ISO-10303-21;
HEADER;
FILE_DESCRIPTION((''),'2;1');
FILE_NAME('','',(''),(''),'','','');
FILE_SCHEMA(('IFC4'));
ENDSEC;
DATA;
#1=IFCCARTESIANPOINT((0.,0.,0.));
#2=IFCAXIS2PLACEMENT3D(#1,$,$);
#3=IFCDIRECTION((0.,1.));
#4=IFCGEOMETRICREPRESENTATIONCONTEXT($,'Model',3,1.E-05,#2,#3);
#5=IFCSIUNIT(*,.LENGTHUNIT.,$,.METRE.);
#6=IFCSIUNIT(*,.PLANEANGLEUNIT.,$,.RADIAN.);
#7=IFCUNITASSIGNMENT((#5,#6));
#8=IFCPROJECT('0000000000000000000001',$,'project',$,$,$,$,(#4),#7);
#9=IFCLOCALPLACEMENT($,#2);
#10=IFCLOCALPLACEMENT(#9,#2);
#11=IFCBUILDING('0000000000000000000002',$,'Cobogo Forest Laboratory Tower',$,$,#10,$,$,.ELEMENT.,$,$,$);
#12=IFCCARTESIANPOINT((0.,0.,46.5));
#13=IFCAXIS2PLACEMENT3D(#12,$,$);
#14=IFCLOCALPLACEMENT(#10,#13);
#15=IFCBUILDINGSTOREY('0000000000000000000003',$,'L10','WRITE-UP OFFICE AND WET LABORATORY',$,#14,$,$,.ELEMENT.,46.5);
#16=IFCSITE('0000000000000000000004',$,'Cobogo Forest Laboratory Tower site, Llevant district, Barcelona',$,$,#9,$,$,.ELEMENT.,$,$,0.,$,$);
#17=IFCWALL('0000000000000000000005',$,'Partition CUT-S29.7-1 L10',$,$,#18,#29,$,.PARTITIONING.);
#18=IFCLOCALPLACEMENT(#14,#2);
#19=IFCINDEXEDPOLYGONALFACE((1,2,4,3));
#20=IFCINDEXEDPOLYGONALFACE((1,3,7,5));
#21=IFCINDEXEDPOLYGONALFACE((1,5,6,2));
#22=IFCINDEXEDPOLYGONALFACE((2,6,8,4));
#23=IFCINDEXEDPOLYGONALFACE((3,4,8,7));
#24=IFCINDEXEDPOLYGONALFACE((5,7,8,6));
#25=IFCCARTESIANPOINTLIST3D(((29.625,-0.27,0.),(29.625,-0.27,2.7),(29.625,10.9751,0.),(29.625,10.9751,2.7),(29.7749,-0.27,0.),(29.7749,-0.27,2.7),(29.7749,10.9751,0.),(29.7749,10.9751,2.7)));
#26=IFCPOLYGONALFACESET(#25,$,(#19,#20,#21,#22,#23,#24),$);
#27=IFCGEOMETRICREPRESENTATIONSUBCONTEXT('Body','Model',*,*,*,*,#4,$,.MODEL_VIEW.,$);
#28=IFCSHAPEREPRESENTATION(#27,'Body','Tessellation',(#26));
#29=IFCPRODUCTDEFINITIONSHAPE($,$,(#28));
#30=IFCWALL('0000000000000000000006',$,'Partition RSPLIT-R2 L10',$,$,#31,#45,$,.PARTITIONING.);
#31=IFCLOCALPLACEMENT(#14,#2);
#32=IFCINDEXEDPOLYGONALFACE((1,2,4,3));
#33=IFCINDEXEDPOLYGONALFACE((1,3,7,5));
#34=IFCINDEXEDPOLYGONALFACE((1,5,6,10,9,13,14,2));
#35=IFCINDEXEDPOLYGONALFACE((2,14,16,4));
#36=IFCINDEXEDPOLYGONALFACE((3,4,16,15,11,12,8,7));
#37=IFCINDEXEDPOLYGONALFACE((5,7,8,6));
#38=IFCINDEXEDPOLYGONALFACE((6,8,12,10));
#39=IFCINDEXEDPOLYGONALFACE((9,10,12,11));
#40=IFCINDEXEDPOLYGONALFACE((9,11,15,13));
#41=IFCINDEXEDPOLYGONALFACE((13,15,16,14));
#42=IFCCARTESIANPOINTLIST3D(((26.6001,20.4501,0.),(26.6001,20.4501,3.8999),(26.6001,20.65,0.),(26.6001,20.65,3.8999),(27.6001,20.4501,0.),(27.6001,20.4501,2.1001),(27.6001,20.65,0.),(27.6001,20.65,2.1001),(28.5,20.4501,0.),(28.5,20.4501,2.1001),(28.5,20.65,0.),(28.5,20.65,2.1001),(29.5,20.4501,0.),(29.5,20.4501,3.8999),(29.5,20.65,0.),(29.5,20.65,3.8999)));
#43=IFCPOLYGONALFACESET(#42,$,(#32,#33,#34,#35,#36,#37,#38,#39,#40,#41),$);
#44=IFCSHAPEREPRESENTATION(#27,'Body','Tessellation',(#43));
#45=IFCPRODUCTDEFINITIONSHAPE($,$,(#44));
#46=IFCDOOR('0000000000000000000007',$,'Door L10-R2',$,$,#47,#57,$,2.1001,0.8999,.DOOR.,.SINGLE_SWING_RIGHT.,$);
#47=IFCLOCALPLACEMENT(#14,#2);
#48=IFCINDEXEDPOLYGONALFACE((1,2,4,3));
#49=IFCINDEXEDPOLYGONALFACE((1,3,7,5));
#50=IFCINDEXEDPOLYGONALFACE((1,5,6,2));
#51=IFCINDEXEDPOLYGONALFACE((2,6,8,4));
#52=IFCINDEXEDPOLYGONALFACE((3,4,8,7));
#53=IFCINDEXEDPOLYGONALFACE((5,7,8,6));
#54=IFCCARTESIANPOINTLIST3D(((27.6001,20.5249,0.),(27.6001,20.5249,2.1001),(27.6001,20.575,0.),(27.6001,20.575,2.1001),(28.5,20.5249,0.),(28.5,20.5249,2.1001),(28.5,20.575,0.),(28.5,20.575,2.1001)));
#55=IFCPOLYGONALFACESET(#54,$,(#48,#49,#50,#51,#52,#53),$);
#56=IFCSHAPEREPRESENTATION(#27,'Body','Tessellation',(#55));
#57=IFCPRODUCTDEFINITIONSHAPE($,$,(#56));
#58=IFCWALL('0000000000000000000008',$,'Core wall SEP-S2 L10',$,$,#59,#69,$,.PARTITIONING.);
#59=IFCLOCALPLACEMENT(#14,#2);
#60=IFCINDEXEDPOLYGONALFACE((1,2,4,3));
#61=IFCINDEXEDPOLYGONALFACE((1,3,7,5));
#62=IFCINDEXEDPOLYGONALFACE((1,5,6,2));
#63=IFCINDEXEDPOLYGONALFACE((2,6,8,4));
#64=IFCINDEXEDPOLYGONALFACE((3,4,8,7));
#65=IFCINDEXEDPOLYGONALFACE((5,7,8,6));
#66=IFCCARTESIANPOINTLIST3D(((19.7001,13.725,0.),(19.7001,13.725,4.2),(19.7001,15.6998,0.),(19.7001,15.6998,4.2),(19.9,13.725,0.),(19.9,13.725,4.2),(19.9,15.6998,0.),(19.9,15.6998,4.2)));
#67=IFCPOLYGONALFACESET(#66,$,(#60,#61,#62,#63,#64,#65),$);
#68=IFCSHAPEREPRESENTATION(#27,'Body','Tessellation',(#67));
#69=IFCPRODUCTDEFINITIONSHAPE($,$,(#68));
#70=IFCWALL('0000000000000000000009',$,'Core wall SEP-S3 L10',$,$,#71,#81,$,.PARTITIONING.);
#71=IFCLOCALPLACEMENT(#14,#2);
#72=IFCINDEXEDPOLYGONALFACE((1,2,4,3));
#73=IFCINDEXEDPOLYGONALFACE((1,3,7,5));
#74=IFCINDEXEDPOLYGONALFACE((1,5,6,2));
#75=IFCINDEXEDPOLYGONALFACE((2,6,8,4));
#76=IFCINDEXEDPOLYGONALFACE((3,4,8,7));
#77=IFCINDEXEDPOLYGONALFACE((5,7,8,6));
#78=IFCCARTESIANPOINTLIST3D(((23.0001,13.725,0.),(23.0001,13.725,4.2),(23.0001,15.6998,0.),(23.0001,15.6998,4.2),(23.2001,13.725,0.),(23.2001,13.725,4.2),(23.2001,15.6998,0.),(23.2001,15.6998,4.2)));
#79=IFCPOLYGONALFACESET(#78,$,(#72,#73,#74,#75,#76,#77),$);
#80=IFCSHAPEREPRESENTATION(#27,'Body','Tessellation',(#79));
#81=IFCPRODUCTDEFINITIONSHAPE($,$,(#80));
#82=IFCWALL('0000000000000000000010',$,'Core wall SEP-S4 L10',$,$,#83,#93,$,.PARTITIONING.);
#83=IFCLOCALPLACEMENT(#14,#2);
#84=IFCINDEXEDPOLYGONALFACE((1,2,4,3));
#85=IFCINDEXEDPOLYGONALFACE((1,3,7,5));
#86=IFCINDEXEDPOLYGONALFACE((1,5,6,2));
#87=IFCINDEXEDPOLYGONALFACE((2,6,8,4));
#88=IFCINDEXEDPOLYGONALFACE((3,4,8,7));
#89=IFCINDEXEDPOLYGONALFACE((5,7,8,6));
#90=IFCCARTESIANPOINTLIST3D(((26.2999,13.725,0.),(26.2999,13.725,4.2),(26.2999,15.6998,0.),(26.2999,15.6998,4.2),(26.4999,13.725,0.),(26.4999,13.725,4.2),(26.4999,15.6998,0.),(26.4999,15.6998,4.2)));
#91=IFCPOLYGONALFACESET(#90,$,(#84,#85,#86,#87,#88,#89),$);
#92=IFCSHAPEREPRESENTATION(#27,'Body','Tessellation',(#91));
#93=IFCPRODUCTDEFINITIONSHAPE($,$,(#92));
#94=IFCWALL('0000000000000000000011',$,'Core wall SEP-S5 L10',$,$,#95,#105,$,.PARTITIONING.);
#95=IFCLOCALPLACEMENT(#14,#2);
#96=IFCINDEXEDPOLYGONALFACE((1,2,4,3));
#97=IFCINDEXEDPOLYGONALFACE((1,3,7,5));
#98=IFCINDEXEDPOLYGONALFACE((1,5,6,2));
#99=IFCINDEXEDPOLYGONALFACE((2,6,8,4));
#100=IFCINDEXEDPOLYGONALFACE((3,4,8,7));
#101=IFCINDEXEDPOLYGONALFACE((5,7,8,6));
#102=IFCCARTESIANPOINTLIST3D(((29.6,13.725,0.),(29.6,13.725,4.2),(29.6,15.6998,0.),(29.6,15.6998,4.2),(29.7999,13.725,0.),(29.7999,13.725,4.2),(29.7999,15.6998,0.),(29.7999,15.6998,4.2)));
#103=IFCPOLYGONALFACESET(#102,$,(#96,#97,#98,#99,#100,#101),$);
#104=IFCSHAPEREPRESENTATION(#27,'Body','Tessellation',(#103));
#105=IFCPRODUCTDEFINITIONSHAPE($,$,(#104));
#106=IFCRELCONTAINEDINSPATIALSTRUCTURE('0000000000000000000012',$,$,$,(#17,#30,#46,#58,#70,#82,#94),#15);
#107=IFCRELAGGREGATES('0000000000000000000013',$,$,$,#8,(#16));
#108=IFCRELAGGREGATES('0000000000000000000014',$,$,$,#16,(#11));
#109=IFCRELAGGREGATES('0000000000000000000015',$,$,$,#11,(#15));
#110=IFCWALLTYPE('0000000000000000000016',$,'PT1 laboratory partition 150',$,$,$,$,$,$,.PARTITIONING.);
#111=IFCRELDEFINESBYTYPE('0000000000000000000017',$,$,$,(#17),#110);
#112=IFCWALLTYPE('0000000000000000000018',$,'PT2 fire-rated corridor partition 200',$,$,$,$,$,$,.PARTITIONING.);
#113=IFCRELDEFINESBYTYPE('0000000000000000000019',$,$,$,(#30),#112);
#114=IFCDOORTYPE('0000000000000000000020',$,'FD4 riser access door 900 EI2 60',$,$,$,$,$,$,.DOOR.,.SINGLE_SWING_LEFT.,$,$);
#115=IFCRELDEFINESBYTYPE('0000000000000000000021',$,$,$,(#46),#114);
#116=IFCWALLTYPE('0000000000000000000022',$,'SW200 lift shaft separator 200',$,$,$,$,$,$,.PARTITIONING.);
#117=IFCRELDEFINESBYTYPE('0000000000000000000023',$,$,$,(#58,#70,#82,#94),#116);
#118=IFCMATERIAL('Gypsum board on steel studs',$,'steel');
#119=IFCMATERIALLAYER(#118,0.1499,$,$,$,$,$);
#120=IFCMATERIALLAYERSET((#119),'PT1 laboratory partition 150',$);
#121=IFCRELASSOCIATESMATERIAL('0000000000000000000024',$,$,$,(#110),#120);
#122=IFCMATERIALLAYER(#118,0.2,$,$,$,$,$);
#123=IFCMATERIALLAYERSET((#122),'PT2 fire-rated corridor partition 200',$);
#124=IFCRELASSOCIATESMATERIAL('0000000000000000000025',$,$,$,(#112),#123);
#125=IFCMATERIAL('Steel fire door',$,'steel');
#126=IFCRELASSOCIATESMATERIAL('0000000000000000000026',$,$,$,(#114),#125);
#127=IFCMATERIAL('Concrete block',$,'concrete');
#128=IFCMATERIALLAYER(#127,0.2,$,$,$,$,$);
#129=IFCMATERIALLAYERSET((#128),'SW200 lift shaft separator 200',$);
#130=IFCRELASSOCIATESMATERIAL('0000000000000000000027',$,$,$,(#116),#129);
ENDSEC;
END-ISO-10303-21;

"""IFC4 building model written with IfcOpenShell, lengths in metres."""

from ifc_helpers import new_model, si_unit, direction, frame, frame_2d, origin, place, context, subcontext, project, spatial, rectangle, extrude, material, layer, layer_set, type_object, element, fill, save


model = new_model("IFC4")

# Units and contexts
model_context = context("Model", 3, precision=1e-05, world=origin(), true_north=direction((0.0, 1.0)))
body_context = subcontext(model_context, "Body", "Model", "MODEL_VIEW")
ifc_project = project(units=[si_unit("LENGTHUNIT", "METRE"), si_unit("PLANEANGLEUNIT", "RADIAN")], contexts=[model_context])

# Site, building, storey
site_placement = place(None, origin())
site = spatial("IfcSite", under=ifc_project, at=site_placement, Name="Cobogo Forest Laboratory Tower site, Llevant district, Barcelona", CompositionType="ELEMENT", RefElevation=0.0)
building_placement = place(site_placement, origin())
building = spatial("IfcBuilding", under=site, at=building_placement, Name="Cobogo Forest Laboratory Tower", CompositionType="ELEMENT")
storey_placement = place(building_placement, frame((0.0, 0.0, 46.5)))
storey = spatial("IfcBuildingStorey", under=building, at=storey_placement, Name="L10", Description="WRITE-UP OFFICE AND WET LABORATORY", CompositionType="ELEMENT", Elevation=46.5)

# Shared definitions
ifc_material_1 = material(Name="Gypsum board on steel studs", Category="steel")
ifc_layer_1 = layer(ifc_material_1, 0.1499)
ifc_layer_set_1 = layer_set([ifc_layer_1], Name="PT1 laboratory partition 150")
wall_type_1 = type_object("IfcWallType", Name="PT1 laboratory partition 150", PredefinedType="PARTITIONING", material=ifc_layer_set_1)

# Wall
wall_1_placement = place(storey_placement, frame((29.7, -0.27, 0.0), z_axis=(0.0, 0.0, 1.0), x_axis=(0.0, 1.0, 0.0)))
element("IfcWall", 1, at=wall_1_placement, inside=storey, type_object=wall_type_1, Name="Partition CUT-S29.7-1 L10", PredefinedType="PARTITIONING", context=body_context, shape_type="SweptSolid", body=[
    extrude(rectangle(XDim=11.2451, YDim=0.1499, at=frame_2d((5.6226, 0.0))), origin(), (0.0, 0.0, 1.0), 2.7),
])

# Wall, opening, door
ifc_layer_2 = layer(ifc_material_1, 0.2)
ifc_layer_set_2 = layer_set([ifc_layer_2], Name="PT2 fire-rated corridor partition 200")
wall_type_2 = type_object("IfcWallType", Name="PT2 fire-rated corridor partition 200", PredefinedType="PARTITIONING", material=ifc_layer_set_2)
wall_2_placement = place(storey_placement, frame((26.6001, 20.55, 0.0), z_axis=(0.0, 0.0, 1.0), x_axis=(1.0, 0.0, 0.0)))
wall_2 = element("IfcWall", 2, at=wall_2_placement, inside=storey, type_object=wall_type_2, Name="Partition RSPLIT-R2 L10", PredefinedType="PARTITIONING", context=body_context, shape_type="SweptSolid", body=[
    extrude(rectangle(XDim=2.8999, YDim=0.2, at=frame_2d((1.45, 0.0))), origin(), (0.0, 0.0, 1.0), 3.8999),
])
opening_1_placement = place(wall_2_placement, frame((1.0, 0.0, 0.0)))
opening_1 = element("IfcOpeningElement", 3, at=opening_1_placement, cuts=wall_2, PredefinedType="OPENING", context=body_context, shape_type="SweptSolid", body=[
    extrude(rectangle(XDim=0.8999, YDim=2.1001, at=frame_2d((0.45, 1.05))), frame((0.0, 0.1099, 0.0), z_axis=(0.0, -1.0, 0.0), x_axis=(1.0, 0.0, 0.0)), (0.0, 0.0, 1.0), 0.22),
])
ifc_material_2 = material(Name="Steel fire door", Category="steel")
door_type_1 = type_object("IfcDoorType", Name="FD4 riser access door 900 EI2 60", OperationType="SINGLE_SWING_LEFT", PredefinedType="DOOR", material=ifc_material_2)
door_1_placement = place(opening_1_placement, origin())
door_1 = element("IfcDoor", 4, at=door_1_placement, inside=storey, type_object=door_type_1, Name="Door L10-R2", OperationType="SINGLE_SWING_RIGHT", OverallHeight=2.1001, OverallWidth=0.8999, PredefinedType="DOOR", context=body_context, shape_type="SweptSolid", body=[
    extrude(rectangle(XDim=0.8999, YDim=2.1001, at=frame_2d((0.45, 1.05))), frame((0.0, 0.0249, 0.0), z_axis=(0.0, -1.0, 0.0), x_axis=(1.0, 0.0, 0.0)), (0.0, 0.0, 1.0), 0.05),
])
fill(opening_1, door_1)

# Walls
ifc_material_3 = material(Name="Concrete block", Category="concrete")
ifc_layer_3 = layer(ifc_material_3, 0.2)
ifc_layer_set_3 = layer_set([ifc_layer_3], Name="SW200 lift shaft separator 200")
wall_type_3 = type_object("IfcWallType", Name="SW200 lift shaft separator 200", PredefinedType="PARTITIONING", material=ifc_layer_set_3)
for number, where, z_axis, x_axis, name in (
    (5, (19.8, 13.7251, 0.0), (0.0, 0.0, 1.0), (0.0, 1.0, 0.0), "Core wall SEP-S2 L10"),
    (6, (23.1001, 13.7251, 0.0), (0.0, 0.0, 1.0), (0.0, 1.0, 0.0), "Core wall SEP-S3 L10"),
    (7, (26.3999, 13.7251, 0.0), (0.0, 0.0, 1.0), (0.0, 1.0, 0.0), "Core wall SEP-S4 L10"),
    (8, (29.7, 13.7251, 0.0), (0.0, 0.0, 1.0), (0.0, 1.0, 0.0), "Core wall SEP-S5 L10"),
):
    element("IfcWall", number, at=place(storey_placement, frame(where, z_axis=z_axis, x_axis=x_axis)), inside=storey, type_object=wall_type_3, Name=name, PredefinedType="PARTITIONING", context=body_context, shape_type="SweptSolid", body=[
        extrude(rectangle(XDim=1.9749, YDim=0.2, at=frame_2d((0.9873, 0.0))), origin(), (0.0, 0.0, 1.0), 4.2),
    ])

save(model, "model.ifc")
